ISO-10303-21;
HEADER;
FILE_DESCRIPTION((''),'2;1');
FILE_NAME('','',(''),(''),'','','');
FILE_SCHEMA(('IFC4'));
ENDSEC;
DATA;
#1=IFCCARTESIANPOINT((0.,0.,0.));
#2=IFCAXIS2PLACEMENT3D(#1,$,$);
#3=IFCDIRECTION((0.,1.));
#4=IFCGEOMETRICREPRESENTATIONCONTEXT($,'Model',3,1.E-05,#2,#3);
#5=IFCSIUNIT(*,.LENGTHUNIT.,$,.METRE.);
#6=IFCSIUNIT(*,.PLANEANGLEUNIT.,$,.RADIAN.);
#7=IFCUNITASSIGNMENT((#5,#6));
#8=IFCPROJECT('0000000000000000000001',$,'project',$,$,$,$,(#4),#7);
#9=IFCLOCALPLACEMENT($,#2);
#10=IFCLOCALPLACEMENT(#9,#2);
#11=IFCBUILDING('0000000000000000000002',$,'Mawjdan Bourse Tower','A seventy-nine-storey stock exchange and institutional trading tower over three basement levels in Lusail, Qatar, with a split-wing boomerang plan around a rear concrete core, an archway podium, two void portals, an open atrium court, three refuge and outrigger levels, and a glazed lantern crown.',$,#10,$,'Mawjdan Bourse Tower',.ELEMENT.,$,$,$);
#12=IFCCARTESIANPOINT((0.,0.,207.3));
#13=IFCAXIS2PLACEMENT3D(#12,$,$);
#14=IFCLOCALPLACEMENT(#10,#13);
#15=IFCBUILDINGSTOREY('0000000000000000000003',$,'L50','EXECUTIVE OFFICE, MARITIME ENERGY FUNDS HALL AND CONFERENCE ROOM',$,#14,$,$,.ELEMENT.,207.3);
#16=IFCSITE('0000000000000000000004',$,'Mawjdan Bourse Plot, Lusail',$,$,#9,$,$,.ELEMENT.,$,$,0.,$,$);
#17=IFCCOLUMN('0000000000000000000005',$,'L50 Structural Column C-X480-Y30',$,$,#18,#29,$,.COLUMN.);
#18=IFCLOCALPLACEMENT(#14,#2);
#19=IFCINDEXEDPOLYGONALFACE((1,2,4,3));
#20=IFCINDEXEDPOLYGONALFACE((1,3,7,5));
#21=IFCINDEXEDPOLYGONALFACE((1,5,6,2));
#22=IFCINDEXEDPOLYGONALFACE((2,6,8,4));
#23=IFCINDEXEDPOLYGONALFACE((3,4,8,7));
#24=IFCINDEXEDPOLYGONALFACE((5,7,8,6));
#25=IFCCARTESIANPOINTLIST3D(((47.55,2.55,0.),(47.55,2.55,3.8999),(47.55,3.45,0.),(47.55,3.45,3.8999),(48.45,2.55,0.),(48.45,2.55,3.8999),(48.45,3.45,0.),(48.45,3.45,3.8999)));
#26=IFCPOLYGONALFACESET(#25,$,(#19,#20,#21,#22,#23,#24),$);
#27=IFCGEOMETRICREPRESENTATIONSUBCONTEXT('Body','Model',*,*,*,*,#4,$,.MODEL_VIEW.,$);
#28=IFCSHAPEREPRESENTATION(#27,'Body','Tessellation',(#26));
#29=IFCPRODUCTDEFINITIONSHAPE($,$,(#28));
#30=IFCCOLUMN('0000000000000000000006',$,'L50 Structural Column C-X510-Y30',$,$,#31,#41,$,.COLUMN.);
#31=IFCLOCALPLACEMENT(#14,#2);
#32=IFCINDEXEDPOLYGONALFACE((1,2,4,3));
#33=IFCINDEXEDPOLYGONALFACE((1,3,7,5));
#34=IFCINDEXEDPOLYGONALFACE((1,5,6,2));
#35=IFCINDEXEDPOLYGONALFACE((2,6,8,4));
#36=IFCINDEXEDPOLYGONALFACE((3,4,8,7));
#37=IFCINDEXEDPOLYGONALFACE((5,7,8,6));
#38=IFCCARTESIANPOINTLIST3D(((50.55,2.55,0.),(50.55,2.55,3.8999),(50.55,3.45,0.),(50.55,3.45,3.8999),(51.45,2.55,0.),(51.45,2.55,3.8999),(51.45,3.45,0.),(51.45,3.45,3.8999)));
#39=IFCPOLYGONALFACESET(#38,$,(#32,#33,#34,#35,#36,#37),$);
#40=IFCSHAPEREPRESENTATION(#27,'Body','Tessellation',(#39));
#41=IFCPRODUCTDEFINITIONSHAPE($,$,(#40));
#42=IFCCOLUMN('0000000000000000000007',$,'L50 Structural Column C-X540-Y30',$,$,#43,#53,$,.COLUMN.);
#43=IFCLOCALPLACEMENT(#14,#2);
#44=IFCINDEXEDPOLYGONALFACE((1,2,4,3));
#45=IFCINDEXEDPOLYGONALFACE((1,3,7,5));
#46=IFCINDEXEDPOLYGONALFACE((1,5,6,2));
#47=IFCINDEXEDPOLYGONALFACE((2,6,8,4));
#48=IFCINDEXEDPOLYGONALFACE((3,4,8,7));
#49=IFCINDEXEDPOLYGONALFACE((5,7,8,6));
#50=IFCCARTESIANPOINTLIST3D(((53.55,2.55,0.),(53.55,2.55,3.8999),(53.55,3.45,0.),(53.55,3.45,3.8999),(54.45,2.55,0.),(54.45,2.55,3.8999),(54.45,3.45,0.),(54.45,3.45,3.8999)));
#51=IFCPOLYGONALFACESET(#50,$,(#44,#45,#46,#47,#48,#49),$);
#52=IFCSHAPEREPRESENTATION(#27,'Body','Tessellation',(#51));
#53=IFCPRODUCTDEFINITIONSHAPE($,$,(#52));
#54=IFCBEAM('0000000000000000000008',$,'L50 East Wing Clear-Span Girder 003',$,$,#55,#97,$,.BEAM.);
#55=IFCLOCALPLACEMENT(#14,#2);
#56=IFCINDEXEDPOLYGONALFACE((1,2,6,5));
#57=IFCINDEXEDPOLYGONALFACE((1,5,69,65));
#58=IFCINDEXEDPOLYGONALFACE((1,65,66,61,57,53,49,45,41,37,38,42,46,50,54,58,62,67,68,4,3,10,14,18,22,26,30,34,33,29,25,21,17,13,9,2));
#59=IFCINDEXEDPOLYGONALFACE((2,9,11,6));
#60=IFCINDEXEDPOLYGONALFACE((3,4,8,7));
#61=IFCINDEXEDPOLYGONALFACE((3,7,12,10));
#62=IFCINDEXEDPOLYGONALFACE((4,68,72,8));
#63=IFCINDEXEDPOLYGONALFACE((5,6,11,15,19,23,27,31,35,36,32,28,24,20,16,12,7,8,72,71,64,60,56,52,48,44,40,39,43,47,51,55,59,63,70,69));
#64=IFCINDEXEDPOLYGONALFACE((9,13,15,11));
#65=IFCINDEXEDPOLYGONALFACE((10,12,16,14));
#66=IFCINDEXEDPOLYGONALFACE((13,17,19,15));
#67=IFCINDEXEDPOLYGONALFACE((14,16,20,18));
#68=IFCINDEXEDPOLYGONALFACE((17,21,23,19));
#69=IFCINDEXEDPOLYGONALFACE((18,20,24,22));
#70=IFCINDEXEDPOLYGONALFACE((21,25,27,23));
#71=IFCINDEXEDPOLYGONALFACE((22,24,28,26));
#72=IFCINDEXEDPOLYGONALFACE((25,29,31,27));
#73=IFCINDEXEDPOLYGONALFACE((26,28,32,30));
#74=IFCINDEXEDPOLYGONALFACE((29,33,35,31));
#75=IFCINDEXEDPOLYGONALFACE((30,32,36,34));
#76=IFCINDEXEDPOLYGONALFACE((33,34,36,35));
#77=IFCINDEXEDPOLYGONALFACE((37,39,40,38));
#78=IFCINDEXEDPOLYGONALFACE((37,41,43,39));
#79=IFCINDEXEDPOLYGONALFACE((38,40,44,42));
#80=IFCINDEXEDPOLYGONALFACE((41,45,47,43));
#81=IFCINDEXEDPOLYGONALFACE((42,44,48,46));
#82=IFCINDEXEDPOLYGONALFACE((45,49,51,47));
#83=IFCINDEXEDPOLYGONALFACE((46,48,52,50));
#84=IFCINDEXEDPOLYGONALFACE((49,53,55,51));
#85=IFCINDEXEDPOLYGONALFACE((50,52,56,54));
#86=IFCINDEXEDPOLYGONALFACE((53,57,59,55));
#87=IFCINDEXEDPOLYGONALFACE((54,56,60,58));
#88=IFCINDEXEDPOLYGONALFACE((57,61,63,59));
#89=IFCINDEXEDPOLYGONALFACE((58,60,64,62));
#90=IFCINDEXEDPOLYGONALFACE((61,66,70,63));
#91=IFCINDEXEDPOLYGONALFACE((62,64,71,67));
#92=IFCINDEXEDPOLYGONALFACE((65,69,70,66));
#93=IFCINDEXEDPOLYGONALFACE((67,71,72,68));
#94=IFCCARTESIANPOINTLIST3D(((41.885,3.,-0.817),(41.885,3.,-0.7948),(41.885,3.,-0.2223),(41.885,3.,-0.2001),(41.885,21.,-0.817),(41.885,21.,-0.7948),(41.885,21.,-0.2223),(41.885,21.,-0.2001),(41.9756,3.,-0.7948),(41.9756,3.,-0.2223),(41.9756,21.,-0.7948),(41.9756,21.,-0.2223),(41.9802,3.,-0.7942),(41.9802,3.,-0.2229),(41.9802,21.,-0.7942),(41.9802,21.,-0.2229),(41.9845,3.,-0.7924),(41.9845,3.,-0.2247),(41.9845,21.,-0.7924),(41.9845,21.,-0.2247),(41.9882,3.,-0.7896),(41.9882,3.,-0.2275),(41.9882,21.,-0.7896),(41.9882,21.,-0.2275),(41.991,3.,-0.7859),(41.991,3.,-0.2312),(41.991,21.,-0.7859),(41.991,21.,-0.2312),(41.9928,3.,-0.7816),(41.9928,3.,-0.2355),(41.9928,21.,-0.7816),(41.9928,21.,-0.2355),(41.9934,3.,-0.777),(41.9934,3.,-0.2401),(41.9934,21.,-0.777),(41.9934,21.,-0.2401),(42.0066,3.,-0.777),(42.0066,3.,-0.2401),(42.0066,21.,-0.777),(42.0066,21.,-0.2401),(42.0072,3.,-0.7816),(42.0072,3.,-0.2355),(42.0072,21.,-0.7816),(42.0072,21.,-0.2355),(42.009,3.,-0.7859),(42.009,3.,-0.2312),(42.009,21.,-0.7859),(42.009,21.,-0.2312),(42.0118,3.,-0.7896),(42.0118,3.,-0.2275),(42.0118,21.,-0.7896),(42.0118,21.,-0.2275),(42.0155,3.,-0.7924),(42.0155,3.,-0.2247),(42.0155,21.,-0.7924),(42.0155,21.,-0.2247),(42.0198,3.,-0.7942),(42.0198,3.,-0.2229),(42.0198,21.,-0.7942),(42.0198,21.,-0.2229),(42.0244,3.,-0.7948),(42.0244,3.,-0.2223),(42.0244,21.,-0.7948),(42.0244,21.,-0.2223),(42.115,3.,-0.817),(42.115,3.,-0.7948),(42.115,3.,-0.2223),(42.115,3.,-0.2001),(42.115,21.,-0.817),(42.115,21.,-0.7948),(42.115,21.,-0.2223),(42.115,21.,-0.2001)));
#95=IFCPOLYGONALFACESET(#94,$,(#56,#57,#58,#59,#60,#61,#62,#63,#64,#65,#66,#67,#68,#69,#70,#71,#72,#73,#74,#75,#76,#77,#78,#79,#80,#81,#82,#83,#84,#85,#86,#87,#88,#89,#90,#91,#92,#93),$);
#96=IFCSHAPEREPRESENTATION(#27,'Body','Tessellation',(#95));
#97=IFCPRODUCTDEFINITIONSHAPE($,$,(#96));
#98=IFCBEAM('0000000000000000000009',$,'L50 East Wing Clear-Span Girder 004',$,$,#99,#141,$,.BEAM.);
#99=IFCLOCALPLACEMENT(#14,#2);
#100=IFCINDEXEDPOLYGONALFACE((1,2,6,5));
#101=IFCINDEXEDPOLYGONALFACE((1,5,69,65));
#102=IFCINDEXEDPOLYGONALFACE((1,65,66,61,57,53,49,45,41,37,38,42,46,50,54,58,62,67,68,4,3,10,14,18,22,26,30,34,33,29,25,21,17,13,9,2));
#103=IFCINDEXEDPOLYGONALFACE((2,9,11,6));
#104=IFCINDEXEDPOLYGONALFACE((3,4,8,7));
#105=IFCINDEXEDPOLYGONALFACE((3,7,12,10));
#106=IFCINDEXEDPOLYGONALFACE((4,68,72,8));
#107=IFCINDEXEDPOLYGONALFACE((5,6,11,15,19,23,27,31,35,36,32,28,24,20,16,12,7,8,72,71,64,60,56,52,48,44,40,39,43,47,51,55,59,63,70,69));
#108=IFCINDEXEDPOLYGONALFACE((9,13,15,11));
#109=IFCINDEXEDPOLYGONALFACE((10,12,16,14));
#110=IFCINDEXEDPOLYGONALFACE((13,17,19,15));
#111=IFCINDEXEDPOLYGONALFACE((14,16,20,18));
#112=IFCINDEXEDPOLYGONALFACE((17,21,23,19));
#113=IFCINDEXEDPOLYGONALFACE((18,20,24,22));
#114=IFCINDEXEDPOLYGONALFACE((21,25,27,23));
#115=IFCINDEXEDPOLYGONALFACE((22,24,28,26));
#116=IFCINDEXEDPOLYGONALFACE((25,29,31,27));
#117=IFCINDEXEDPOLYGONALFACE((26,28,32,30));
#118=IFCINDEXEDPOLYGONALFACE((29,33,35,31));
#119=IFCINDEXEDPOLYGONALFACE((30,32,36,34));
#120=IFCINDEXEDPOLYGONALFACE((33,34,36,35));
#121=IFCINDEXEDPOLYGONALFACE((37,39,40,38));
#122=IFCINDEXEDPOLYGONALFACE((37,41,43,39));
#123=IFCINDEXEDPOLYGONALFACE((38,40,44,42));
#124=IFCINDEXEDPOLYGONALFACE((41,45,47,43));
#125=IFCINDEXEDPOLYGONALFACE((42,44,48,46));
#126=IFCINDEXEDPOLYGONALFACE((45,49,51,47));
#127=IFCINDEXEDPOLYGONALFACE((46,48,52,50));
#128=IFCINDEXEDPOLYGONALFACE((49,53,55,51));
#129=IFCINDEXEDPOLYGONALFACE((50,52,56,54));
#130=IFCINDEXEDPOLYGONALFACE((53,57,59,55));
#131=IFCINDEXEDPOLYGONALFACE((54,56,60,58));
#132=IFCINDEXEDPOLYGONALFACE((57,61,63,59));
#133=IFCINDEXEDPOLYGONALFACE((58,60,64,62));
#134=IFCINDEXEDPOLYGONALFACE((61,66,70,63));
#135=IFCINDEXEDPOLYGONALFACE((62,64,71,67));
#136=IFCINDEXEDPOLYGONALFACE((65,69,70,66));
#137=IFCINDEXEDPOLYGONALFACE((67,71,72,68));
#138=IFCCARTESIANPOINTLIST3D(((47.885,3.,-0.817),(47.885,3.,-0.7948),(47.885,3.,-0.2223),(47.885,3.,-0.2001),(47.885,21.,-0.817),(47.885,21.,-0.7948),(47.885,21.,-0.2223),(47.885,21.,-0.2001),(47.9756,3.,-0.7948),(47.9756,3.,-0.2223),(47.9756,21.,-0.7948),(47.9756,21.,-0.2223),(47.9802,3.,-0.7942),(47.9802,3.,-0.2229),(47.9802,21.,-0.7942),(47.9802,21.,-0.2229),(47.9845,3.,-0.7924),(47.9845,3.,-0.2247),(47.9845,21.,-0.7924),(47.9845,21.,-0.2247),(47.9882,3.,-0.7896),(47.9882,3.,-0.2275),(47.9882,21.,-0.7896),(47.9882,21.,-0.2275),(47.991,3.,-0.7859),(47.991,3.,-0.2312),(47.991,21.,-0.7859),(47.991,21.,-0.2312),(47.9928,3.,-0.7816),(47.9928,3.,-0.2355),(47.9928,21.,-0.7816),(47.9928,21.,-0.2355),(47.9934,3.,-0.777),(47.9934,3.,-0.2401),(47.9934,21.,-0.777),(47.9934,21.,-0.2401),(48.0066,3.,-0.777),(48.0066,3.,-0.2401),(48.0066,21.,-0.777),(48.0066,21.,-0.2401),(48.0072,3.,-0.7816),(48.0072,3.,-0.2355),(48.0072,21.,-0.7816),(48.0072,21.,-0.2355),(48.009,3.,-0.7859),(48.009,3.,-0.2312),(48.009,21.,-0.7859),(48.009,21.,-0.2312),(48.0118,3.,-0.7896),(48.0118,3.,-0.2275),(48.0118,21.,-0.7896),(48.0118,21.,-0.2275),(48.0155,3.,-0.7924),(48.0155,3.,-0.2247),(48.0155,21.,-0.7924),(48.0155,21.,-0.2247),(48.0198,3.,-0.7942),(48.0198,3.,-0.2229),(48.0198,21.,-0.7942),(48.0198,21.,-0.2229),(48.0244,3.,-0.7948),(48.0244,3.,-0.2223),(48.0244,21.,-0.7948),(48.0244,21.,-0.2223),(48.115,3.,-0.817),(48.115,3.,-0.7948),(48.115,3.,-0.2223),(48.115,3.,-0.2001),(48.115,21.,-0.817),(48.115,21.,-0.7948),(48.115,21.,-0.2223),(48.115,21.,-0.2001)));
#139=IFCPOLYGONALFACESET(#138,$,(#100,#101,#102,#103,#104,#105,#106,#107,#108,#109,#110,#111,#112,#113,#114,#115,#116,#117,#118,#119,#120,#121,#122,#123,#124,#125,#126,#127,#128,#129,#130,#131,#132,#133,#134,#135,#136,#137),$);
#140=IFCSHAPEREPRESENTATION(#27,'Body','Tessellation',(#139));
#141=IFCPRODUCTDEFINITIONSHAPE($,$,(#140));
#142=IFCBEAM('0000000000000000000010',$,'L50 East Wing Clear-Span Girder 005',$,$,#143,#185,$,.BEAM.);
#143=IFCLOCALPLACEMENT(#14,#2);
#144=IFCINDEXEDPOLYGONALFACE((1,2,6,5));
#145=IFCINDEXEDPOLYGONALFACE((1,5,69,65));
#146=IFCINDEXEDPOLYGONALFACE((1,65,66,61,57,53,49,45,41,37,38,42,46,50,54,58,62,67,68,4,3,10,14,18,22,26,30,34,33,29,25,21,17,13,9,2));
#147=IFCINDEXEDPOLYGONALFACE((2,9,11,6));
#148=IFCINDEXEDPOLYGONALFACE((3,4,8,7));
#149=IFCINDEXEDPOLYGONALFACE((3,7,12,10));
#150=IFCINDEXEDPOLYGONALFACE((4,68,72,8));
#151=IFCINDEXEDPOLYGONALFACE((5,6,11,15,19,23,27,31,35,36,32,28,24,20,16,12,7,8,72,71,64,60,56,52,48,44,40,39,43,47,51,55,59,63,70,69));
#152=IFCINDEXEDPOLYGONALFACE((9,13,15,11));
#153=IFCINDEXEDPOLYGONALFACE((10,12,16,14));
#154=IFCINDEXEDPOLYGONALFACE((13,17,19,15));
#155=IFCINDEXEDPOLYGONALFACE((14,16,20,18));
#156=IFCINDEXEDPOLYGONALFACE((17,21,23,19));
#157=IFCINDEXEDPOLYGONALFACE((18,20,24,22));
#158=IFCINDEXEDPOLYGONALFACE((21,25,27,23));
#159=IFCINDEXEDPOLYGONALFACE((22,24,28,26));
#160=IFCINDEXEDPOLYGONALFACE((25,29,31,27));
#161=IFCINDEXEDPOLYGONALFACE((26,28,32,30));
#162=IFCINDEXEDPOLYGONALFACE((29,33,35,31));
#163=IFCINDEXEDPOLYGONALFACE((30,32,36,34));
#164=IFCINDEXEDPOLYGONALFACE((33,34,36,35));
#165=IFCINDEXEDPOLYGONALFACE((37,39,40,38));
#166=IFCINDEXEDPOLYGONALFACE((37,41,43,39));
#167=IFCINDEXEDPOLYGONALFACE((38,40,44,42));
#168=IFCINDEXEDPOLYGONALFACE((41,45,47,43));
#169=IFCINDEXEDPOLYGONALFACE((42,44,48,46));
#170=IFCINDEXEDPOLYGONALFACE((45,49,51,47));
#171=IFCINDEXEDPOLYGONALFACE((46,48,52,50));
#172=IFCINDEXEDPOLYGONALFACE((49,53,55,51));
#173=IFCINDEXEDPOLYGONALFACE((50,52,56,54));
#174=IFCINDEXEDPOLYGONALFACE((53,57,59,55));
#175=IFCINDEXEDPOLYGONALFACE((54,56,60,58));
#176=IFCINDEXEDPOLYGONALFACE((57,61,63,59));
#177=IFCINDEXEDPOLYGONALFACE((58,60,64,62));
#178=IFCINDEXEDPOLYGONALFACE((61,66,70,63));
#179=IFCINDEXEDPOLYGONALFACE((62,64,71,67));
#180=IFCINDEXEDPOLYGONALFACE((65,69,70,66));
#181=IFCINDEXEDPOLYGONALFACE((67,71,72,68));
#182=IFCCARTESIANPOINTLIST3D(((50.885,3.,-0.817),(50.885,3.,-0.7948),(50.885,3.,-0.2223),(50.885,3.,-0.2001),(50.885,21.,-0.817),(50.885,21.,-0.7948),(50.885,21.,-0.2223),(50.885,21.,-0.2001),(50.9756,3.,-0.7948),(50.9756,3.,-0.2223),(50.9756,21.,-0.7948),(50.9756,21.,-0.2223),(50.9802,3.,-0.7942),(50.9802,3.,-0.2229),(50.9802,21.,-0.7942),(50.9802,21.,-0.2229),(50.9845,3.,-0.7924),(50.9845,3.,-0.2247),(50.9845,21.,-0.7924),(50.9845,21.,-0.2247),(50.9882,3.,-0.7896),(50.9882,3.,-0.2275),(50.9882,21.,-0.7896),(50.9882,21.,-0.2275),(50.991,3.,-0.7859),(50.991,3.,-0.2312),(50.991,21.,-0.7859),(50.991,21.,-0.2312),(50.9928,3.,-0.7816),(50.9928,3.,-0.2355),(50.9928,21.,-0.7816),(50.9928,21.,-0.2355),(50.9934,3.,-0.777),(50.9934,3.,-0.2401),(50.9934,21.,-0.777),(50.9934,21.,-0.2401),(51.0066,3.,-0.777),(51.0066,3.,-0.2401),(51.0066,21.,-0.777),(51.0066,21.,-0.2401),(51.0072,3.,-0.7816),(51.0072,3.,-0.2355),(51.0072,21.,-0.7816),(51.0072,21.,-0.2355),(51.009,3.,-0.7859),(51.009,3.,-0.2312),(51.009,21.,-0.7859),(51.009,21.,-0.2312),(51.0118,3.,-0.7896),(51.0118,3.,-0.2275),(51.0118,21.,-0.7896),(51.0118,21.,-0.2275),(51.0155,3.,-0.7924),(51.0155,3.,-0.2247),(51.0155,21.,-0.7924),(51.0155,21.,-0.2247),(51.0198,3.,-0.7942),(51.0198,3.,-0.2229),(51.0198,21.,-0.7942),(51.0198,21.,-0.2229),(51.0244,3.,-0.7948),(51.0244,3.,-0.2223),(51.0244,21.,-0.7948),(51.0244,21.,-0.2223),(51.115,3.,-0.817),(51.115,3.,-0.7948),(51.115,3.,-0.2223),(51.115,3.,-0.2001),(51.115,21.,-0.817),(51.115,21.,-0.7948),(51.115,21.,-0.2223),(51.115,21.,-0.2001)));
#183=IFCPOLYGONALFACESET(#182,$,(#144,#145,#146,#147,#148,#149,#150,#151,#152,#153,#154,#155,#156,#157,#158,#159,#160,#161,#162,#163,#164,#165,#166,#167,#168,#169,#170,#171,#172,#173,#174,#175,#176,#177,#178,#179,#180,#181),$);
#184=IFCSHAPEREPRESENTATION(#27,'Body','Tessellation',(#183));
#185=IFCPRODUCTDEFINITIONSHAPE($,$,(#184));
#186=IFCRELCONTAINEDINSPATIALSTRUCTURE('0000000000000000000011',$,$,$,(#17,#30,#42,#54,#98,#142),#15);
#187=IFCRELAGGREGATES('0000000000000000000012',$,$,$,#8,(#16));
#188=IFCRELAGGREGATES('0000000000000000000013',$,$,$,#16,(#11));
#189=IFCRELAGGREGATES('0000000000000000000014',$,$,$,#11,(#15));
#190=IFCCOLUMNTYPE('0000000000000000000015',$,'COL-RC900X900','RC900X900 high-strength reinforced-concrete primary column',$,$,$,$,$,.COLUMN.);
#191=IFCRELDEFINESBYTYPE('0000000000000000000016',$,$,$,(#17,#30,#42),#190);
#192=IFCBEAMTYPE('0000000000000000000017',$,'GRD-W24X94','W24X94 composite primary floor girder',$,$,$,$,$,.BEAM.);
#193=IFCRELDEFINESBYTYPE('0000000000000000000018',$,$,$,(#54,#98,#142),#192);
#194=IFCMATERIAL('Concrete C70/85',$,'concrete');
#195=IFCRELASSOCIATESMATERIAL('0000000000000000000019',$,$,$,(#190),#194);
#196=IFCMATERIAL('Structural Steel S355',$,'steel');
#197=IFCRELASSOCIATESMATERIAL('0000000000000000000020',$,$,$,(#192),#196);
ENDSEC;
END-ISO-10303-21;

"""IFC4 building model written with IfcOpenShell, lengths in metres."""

from ifc_helpers import new_model, si_unit, direction, frame, origin, origin_2d, place, context, subcontext, project, spatial, rectangle, i_section, extrude, material, material_profile, profile_set, type_object, element, save


model = new_model("IFC4")

# Units and contexts
model_context = context("Model", 3, precision=1e-05, world=origin(), true_north=direction((0.0, 1.0)))
body_context = subcontext(model_context, "Body", "Model", "MODEL_VIEW")
ifc_project = project(units=[si_unit("LENGTHUNIT", "METRE"), si_unit("PLANEANGLEUNIT", "RADIAN")], contexts=[model_context])

# Site, building, storey
site_placement = place(None, origin())
site = spatial("IfcSite", under=ifc_project, at=site_placement, Name="Mawjdan Bourse Plot, Lusail", CompositionType="ELEMENT", RefElevation=0.0)
building_placement = place(site_placement, origin())
building = spatial("IfcBuilding", under=site, at=building_placement, Name="Mawjdan Bourse Tower", Description="A seventy-nine-storey stock exchange and institutional trading tower over three basement levels in Lusail, Qatar, with a split-wing boomerang plan around a rear concrete core, an archway podium, two void portals, an open atrium court, three refuge and outrigger levels, and a glazed lantern crown.", LongName="Mawjdan Bourse Tower", CompositionType="ELEMENT")
storey_placement = place(building_placement, frame((0.0, 0.0, 207.3)))
storey = spatial("IfcBuildingStorey", under=building, at=storey_placement, Name="L50", Description="EXECUTIVE OFFICE, MARITIME ENERGY FUNDS HALL AND CONFERENCE ROOM", CompositionType="ELEMENT", Elevation=207.3)

# Columns
ifc_material_1 = material(Name="Concrete C70/85", Category="concrete")
ifc_material_profile_1 = material_profile(ifc_material_1, rectangle(XDim=0.8999, YDim=0.8999, at=origin_2d()), Name="RC900X900")
ifc_profile_set_1 = profile_set([ifc_material_profile_1], Name="Concrete C70/85")
column_type = type_object("IfcColumnType", Name="COL-RC900X900", Description="RC900X900 high-strength reinforced-concrete primary column", PredefinedType="COLUMN", material=ifc_profile_set_1)
for number, where, z_axis, x_axis, name in (
    (1, (48.0, 3.0, 0.0), (0.0, 0.0, 1.0), (1.0, 0.0, 0.0), "L50 Structural Column C-X480-Y30"),
    (2, (51.0, 3.0, 0.0), (0.0, 0.0, 1.0), (1.0, 0.0, 0.0), "L50 Structural Column C-X510-Y30"),
    (3, (54.0, 3.0, 0.0), (0.0, 0.0, 1.0), (1.0, 0.0, 0.0), "L50 Structural Column C-X540-Y30"),
):
    element("IfcColumn", number, at=place(storey_placement, frame(where, z_axis=z_axis, x_axis=x_axis)), inside=storey, type_object=column_type, Name=name, PredefinedType="COLUMN", context=body_context, shape_type="SweptSolid", body=[
        extrude(rectangle(XDim=0.8999, YDim=0.8999, at=origin_2d()), origin(), (0.0, 0.0, 1.0), 3.8999),
    ])

# Beams
ifc_material_2 = material(Name="Structural Steel S355", Category="steel")
ifc_material_profile_2 = material_profile(ifc_material_2, i_section(OverallWidth=0.23, OverallDepth=0.6169, WebThickness=0.0132, FlangeThickness=0.0222, FilletRadius=0.0178, at=origin_2d()), Name="W24X94")
ifc_profile_set_2 = profile_set([ifc_material_profile_2], Name="Structural Steel S355")
beam_type_1 = type_object("IfcBeamType", Name="GRD-W24X94", Description="W24X94 composite primary floor girder", PredefinedType="BEAM", material=ifc_profile_set_2)
for number, where, z_axis, x_axis, name in (
    (4, (42.0, 3.0, -0.5085), (0.0, 1.0, 0.0), (-1.0, 0.0, 0.0), "L50 East Wing Clear-Span Girder 003"),
    (5, (48.0, 3.0, -0.5085), (0.0, 1.0, 0.0), (-1.0, 0.0, 0.0), "L50 East Wing Clear-Span Girder 004"),
    (6, (51.0, 3.0, -0.5085), (0.0, 1.0, 0.0), (-1.0, 0.0, 0.0), "L50 East Wing Clear-Span Girder 005"),
):
    element("IfcBeam", number, at=place(storey_placement, frame(where, z_axis=z_axis, x_axis=x_axis)), inside=storey, type_object=beam_type_1, Name=name, PredefinedType="BEAM", context=body_context, shape_type="SweptSolid", body=[
        extrude(i_section(OverallWidth=0.23, OverallDepth=0.6169, WebThickness=0.0132, FlangeThickness=0.0222, FilletRadius=0.0178, at=origin_2d()), origin(), (0.0, 0.0, 1.0), 18.0),
    ])

save(model, "model.ifc")
